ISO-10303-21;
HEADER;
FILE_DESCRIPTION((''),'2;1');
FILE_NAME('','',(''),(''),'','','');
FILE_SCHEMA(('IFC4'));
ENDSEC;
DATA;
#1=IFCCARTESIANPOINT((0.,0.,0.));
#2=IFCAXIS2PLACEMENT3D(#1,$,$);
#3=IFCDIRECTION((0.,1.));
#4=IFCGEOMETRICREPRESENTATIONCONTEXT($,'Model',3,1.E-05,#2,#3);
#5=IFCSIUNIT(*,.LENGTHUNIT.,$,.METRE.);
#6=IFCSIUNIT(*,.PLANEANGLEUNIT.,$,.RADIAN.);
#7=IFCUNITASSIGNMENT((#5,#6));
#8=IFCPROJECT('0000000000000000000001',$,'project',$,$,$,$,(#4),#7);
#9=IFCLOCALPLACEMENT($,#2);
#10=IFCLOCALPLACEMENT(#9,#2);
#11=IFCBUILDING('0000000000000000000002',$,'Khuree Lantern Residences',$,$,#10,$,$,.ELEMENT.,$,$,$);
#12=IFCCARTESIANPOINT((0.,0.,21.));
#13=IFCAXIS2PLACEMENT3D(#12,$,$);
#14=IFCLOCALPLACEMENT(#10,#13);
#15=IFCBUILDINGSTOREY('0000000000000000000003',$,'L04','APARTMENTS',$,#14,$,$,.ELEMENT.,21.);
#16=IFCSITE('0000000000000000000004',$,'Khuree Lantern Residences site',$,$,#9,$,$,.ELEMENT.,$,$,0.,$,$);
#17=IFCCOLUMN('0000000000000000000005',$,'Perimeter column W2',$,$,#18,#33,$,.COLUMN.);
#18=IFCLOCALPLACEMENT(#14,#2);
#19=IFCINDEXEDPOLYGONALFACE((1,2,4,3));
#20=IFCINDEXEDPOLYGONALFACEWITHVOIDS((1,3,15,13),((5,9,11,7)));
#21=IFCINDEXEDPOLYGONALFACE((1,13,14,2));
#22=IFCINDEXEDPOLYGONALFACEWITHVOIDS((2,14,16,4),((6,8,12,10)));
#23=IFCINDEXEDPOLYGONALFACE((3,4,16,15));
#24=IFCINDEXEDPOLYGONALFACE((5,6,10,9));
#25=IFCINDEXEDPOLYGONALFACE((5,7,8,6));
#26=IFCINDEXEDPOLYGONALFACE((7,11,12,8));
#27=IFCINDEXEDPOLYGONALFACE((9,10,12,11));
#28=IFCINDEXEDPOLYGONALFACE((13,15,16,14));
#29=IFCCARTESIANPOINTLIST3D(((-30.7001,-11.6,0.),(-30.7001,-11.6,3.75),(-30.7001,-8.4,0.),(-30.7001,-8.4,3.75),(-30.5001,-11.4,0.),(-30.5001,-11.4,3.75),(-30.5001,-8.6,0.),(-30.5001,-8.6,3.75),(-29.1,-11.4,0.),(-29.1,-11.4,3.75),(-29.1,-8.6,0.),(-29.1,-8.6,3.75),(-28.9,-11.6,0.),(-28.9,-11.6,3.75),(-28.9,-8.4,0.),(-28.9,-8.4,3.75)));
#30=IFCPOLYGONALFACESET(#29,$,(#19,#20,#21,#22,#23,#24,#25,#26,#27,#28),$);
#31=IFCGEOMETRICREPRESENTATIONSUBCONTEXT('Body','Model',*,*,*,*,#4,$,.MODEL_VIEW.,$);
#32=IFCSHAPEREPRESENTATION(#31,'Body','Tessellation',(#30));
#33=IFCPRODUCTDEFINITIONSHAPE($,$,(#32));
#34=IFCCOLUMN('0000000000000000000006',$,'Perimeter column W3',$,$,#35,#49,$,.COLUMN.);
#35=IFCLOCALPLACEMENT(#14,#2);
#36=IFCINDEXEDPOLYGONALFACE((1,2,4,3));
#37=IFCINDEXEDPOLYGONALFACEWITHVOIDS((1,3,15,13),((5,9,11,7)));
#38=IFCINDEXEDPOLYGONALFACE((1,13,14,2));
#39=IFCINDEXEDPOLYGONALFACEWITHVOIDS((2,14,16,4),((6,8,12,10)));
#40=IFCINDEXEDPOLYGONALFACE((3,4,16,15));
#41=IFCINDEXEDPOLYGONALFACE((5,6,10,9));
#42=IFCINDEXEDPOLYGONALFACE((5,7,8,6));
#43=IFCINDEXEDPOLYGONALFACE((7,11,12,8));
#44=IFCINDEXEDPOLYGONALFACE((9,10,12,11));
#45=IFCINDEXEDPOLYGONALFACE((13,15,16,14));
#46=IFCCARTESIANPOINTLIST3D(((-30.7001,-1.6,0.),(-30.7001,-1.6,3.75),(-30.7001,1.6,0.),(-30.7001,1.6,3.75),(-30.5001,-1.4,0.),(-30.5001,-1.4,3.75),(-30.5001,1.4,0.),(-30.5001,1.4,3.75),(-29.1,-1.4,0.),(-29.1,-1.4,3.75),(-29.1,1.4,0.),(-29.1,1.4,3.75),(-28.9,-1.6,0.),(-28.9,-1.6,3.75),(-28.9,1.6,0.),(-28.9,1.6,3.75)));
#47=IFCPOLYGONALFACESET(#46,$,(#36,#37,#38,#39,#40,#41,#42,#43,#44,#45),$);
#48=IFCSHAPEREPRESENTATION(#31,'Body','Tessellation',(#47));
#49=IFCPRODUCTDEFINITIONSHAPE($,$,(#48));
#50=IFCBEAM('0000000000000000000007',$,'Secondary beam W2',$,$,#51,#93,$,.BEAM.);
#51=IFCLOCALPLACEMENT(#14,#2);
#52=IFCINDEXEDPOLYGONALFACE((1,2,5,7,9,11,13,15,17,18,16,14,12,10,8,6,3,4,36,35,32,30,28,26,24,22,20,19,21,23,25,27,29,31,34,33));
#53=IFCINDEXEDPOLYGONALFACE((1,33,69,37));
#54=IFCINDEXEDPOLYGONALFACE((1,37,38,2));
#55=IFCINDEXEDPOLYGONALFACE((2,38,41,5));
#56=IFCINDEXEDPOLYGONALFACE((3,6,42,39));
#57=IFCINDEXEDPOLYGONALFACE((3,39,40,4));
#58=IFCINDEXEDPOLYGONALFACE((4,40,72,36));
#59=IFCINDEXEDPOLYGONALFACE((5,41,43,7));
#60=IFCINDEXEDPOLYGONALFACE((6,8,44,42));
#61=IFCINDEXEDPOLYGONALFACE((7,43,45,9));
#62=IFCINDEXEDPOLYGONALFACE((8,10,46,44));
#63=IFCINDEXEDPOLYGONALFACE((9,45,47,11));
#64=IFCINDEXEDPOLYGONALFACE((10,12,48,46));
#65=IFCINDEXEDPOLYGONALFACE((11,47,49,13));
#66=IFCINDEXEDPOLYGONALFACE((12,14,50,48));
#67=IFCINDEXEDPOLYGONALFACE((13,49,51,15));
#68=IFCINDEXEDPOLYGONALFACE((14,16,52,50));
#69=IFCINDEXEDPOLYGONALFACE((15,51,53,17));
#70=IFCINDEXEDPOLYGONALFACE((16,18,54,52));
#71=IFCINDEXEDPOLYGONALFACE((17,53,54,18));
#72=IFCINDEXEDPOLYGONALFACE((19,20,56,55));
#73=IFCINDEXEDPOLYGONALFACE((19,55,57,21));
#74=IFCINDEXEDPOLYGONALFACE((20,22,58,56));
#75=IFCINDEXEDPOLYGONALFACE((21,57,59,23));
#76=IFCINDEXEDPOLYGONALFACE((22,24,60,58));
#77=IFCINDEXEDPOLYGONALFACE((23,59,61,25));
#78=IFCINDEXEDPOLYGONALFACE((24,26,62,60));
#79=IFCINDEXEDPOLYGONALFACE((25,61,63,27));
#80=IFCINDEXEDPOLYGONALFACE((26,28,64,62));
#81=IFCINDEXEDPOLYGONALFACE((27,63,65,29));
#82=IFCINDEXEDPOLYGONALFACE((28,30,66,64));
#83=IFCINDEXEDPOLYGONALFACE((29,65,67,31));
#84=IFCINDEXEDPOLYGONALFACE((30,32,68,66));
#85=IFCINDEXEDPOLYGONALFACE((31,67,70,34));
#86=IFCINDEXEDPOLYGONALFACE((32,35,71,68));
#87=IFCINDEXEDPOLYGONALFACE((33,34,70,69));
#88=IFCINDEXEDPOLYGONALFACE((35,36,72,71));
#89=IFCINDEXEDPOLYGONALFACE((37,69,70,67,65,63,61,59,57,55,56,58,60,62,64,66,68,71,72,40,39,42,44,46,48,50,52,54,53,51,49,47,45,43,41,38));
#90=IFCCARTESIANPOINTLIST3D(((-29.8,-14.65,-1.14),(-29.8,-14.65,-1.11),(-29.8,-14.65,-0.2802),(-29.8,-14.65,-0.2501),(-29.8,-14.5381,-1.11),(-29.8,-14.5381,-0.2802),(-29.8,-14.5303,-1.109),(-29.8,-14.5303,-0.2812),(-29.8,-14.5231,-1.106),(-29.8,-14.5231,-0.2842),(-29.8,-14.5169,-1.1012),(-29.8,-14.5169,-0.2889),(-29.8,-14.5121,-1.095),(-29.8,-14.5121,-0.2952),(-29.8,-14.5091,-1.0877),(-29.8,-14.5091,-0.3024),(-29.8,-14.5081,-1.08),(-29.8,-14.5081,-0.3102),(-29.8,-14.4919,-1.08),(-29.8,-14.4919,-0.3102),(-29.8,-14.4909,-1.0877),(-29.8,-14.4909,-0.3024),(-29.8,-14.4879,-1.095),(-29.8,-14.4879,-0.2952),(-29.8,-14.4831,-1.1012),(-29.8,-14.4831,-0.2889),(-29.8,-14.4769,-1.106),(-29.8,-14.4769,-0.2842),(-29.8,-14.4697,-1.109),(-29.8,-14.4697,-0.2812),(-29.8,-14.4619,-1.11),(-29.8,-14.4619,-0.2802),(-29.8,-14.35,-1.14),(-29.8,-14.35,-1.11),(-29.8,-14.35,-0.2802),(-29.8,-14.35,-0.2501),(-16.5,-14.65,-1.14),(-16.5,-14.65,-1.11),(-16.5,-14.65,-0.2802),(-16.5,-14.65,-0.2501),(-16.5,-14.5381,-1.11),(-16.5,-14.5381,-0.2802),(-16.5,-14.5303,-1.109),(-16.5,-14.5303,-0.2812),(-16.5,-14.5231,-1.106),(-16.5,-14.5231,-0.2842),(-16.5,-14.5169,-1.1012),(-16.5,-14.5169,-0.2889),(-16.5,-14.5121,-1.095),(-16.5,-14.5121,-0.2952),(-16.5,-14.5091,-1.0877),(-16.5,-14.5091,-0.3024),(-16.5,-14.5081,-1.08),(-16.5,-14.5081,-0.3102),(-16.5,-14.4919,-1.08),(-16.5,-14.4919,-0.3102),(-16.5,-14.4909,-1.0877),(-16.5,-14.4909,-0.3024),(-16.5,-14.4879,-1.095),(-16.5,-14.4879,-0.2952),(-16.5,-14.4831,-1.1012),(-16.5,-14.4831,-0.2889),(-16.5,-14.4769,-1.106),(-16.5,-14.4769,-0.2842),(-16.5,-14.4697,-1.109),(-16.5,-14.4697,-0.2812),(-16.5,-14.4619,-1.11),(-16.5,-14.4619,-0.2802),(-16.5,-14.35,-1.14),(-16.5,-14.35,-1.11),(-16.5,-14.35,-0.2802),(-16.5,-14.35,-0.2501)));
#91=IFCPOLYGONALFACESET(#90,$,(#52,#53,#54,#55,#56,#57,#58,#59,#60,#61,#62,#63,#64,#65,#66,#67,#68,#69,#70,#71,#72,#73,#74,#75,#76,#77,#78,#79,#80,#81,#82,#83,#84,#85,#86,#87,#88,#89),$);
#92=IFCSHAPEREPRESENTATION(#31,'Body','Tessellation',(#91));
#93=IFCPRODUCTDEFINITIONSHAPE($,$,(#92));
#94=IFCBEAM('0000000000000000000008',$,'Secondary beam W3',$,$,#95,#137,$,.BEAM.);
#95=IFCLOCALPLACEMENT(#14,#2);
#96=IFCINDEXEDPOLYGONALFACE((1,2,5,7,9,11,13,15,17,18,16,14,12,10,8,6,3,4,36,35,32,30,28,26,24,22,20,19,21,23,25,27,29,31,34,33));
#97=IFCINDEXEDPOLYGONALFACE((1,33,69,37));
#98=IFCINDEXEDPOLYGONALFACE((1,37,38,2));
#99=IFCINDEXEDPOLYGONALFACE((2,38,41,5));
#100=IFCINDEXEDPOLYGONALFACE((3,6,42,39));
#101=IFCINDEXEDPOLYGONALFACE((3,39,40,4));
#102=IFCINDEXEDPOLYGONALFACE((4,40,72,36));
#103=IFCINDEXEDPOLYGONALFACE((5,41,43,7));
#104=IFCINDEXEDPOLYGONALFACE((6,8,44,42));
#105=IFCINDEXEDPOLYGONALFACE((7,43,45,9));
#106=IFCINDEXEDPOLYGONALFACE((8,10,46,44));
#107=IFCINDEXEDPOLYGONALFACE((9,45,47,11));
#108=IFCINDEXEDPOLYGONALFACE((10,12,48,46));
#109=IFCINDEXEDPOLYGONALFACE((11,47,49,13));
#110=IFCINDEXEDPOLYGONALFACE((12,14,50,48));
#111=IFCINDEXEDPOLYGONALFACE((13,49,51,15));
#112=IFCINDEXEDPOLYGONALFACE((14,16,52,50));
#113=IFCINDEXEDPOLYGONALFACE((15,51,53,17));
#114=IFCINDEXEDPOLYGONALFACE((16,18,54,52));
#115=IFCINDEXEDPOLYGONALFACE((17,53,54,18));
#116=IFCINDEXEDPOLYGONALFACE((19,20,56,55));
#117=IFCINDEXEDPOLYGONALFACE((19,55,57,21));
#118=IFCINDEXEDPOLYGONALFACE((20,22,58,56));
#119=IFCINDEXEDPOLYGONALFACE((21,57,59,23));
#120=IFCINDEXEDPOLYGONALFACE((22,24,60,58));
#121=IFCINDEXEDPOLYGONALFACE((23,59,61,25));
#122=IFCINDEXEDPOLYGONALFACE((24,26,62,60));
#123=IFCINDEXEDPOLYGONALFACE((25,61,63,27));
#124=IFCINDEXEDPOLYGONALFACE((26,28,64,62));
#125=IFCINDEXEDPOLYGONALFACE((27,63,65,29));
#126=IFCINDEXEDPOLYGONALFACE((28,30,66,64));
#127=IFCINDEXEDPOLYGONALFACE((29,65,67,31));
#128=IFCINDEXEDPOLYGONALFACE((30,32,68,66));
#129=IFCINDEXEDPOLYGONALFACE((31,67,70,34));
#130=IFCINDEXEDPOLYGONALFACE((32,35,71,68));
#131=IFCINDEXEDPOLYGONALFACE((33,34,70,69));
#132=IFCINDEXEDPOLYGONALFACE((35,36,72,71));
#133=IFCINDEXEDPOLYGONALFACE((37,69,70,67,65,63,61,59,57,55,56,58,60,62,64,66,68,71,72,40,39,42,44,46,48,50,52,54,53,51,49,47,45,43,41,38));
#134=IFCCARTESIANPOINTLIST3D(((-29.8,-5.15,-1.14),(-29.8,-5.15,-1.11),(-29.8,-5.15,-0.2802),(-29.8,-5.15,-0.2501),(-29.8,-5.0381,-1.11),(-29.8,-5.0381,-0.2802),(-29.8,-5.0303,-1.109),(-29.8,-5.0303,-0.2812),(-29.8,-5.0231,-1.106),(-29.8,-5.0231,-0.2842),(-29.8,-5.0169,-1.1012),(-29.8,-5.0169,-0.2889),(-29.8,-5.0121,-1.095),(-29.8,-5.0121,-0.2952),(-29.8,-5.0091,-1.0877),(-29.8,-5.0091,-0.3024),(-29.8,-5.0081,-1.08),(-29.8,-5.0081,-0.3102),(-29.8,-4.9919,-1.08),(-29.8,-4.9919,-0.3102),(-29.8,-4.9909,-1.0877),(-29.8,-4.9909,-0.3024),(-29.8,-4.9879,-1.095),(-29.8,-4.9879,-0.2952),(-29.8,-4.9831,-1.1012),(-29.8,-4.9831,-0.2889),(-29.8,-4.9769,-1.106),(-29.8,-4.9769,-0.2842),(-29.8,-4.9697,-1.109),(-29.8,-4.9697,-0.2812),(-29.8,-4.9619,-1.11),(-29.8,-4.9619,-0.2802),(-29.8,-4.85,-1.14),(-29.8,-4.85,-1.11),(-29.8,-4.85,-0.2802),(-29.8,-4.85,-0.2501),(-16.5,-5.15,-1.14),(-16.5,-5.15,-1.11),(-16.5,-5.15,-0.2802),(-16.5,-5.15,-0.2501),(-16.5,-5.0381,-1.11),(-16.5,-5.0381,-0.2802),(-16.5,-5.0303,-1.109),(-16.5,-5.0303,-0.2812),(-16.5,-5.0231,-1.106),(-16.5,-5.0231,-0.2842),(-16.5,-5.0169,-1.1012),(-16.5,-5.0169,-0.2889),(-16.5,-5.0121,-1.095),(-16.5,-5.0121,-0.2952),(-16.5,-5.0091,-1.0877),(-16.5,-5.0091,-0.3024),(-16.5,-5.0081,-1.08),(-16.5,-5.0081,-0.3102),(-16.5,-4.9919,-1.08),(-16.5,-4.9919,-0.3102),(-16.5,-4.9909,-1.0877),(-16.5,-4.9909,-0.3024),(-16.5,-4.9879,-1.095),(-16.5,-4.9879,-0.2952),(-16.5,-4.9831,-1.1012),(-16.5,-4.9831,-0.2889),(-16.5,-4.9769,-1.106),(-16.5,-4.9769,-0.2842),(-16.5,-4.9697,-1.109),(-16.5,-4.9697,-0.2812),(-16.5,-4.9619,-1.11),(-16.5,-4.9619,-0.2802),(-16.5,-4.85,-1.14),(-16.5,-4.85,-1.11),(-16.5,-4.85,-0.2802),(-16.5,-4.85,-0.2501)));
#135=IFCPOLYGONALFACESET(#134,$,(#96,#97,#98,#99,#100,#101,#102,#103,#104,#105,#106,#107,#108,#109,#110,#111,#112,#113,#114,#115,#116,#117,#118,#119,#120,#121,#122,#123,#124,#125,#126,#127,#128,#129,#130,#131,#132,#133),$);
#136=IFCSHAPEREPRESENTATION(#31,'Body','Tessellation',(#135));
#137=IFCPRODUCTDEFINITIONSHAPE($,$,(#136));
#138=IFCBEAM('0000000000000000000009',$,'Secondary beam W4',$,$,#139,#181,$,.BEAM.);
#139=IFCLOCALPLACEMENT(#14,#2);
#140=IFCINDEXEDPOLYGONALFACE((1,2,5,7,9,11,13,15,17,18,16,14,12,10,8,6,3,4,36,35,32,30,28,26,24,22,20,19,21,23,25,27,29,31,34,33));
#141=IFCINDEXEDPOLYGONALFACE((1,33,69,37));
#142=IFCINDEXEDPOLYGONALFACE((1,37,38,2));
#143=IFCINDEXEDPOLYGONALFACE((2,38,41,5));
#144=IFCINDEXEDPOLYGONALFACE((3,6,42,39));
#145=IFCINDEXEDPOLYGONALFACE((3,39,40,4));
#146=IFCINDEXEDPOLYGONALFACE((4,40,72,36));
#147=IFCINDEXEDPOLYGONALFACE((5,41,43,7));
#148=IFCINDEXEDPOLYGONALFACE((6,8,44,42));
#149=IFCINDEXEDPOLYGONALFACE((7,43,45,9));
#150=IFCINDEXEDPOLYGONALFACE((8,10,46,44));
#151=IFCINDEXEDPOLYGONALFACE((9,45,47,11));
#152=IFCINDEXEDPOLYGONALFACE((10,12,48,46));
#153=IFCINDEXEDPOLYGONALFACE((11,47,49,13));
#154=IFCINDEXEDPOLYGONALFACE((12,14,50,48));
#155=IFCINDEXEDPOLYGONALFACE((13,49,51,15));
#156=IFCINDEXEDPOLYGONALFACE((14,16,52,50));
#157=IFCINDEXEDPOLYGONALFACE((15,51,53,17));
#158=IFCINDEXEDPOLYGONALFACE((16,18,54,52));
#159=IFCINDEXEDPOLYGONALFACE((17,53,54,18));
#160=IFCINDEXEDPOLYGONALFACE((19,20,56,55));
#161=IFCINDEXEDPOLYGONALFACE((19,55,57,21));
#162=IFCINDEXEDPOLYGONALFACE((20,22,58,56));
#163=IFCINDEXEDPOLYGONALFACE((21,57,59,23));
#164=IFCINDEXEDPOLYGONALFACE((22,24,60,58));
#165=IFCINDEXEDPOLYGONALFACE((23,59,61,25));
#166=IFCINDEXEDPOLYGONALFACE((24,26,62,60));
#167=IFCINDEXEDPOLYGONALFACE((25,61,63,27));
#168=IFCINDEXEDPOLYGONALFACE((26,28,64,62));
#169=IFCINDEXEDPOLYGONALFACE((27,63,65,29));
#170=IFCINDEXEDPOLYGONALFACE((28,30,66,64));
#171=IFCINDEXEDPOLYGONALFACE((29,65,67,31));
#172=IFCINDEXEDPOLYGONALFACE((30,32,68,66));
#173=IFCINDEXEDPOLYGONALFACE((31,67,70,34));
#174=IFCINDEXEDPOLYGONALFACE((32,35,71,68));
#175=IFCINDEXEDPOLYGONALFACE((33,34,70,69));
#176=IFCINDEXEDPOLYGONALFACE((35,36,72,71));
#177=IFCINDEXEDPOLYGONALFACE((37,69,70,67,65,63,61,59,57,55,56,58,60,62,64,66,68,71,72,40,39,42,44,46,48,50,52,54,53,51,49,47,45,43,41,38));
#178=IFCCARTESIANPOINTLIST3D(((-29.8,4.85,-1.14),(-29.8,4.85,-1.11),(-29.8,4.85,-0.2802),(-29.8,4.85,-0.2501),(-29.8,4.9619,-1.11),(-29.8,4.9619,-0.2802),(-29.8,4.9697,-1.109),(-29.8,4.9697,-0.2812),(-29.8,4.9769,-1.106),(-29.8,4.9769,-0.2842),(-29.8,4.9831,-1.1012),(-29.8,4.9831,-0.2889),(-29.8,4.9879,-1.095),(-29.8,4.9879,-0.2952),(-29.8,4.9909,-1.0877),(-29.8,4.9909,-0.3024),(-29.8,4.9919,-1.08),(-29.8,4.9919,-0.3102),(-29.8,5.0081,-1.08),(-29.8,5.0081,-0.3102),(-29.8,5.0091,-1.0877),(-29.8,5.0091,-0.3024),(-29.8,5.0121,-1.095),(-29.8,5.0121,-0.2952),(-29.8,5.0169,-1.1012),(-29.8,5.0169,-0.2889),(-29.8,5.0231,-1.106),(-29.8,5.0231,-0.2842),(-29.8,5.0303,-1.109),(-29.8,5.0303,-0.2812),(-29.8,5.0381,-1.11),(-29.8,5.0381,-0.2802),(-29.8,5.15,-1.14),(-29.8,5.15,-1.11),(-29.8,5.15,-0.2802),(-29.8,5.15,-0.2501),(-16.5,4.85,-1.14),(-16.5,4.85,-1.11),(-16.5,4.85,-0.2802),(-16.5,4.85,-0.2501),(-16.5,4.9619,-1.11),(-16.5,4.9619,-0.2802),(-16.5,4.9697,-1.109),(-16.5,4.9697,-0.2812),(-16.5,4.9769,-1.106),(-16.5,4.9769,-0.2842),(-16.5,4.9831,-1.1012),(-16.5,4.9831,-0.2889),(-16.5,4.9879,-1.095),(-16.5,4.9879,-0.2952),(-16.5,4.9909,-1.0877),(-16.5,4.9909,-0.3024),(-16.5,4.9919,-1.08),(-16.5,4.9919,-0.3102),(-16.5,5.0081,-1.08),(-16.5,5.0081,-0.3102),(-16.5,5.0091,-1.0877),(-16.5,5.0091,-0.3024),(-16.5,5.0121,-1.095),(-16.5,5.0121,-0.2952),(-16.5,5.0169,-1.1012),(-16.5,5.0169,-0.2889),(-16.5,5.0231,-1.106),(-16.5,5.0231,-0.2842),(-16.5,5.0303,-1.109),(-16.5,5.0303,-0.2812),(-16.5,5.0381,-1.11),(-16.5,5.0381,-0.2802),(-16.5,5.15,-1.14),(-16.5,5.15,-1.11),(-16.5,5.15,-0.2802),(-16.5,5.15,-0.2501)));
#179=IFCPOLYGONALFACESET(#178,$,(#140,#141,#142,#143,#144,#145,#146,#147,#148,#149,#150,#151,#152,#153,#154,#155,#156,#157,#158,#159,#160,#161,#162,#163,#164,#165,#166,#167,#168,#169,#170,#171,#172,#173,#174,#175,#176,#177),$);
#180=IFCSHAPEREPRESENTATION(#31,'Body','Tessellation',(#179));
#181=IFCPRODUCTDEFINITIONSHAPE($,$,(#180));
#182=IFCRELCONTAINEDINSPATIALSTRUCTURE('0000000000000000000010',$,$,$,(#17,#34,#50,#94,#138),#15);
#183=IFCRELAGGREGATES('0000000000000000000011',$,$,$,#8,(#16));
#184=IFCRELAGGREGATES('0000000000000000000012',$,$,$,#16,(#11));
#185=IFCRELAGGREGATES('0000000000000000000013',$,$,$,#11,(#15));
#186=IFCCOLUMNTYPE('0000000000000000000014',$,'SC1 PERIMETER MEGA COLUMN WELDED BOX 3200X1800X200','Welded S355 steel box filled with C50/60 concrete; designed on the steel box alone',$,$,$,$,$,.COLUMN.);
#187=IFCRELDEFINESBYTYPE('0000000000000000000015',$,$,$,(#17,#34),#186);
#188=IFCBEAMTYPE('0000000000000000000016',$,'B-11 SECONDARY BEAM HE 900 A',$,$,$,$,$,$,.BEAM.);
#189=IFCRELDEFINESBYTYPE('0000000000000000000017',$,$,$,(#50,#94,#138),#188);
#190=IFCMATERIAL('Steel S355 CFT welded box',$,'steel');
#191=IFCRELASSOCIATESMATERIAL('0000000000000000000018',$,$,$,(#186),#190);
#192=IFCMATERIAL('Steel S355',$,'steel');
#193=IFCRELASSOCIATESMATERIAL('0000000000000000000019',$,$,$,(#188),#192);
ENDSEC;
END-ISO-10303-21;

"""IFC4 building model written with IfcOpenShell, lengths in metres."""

from ifc_helpers import new_model, si_unit, direction, frame, origin, origin_2d, place, context, subcontext, project, spatial, hollow_rectangle, i_section, extrude, material, material_profile, profile_set, type_object, element, save


model = new_model("IFC4")

# Units and contexts
model_context = context("Model", 3, precision=1e-05, world=origin(), true_north=direction((0.0, 1.0)))
body_context = subcontext(model_context, "Body", "Model", "MODEL_VIEW")
ifc_project = project(units=[si_unit("LENGTHUNIT", "METRE"), si_unit("PLANEANGLEUNIT", "RADIAN")], contexts=[model_context])

# Site, building, storey
site_placement = place(None, origin())
site = spatial("IfcSite", under=ifc_project, at=site_placement, Name="Khuree Lantern Residences site", CompositionType="ELEMENT", RefElevation=0.0)
building_placement = place(site_placement, origin())
building = spatial("IfcBuilding", under=site, at=building_placement, Name="Khuree Lantern Residences", CompositionType="ELEMENT")
storey_placement = place(building_placement, frame((0.0, 0.0, 21.0)))
storey = spatial("IfcBuildingStorey", under=building, at=storey_placement, Name="L04", Description="APARTMENTS", CompositionType="ELEMENT", Elevation=21.0)

# Columns
ifc_material_1 = material(Name="Steel S355 CFT welded box", Category="steel")
ifc_material_profile_1 = material_profile(ifc_material_1, hollow_rectangle(XDim=3.2, YDim=1.8, WallThickness=0.2, at=origin_2d()), Name="WELDED BOX 3200X1800X200")
ifc_profile_set_1 = profile_set([ifc_material_profile_1], Name="Steel S355 CFT welded box")
column_type = type_object("IfcColumnType", Name="SC1 PERIMETER MEGA COLUMN WELDED BOX 3200X1800X200", Description="Welded S355 steel box filled with C50/60 concrete; designed on the steel box alone", PredefinedType="COLUMN", material=ifc_profile_set_1)
for number, where, z_axis, x_axis, name in (
    (1, (-29.8, -10.0, 0.0), (0.0, 0.0, 1.0), (0.0, 1.0, 0.0), "Perimeter column W2"),
    (2, (-29.8, 0.0, 0.0), (0.0, 0.0, 1.0), (0.0, 1.0, 0.0), "Perimeter column W3"),
):
    element("IfcColumn", number, at=place(storey_placement, frame(where, z_axis=z_axis, x_axis=x_axis)), inside=storey, type_object=column_type, Name=name, PredefinedType="COLUMN", context=body_context, shape_type="SweptSolid", body=[
        extrude(hollow_rectangle(XDim=3.2, YDim=1.8, WallThickness=0.2, at=origin_2d()), origin(), (0.0, 0.0, 1.0), 3.75),
    ])

# Beams
ifc_material_2 = material(Name="Steel S355", Category="steel")
ifc_material_profile_2 = material_profile(ifc_material_2, i_section(OverallWidth=0.3, OverallDepth=0.8899, WebThickness=0.0161, FlangeThickness=0.03, FilletRadius=0.03, at=origin_2d()), Name="HE 900 A")
ifc_profile_set_2 = profile_set([ifc_material_profile_2], Name="Steel S355")
beam_type_1 = type_object("IfcBeamType", Name="B-11 SECONDARY BEAM HE 900 A", PredefinedType="BEAM", material=ifc_profile_set_2)
for number, where, z_axis, x_axis, name in (
    (3, (-29.8, -14.5, -0.6951), (1.0, 0.0, 0.0), (0.0, 1.0, 0.0), "Secondary beam W2"),
    (4, (-29.8, -5.0, -0.6951), (1.0, 0.0, 0.0), (0.0, 1.0, 0.0), "Secondary beam W3"),
    (5, (-29.8, 5.0, -0.6951), (1.0, 0.0, 0.0), (0.0, 1.0, 0.0), "Secondary beam W4"),
):
    element("IfcBeam", number, at=place(storey_placement, frame(where, z_axis=z_axis, x_axis=x_axis)), inside=storey, type_object=beam_type_1, Name=name, PredefinedType="BEAM", context=body_context, shape_type="SweptSolid", body=[
        extrude(i_section(OverallWidth=0.3, OverallDepth=0.8899, WebThickness=0.0161, FlangeThickness=0.03, FilletRadius=0.03, at=origin_2d()), origin(), (0.0, 0.0, 1.0), 13.3),
    ])

save(model, "model.ifc")
